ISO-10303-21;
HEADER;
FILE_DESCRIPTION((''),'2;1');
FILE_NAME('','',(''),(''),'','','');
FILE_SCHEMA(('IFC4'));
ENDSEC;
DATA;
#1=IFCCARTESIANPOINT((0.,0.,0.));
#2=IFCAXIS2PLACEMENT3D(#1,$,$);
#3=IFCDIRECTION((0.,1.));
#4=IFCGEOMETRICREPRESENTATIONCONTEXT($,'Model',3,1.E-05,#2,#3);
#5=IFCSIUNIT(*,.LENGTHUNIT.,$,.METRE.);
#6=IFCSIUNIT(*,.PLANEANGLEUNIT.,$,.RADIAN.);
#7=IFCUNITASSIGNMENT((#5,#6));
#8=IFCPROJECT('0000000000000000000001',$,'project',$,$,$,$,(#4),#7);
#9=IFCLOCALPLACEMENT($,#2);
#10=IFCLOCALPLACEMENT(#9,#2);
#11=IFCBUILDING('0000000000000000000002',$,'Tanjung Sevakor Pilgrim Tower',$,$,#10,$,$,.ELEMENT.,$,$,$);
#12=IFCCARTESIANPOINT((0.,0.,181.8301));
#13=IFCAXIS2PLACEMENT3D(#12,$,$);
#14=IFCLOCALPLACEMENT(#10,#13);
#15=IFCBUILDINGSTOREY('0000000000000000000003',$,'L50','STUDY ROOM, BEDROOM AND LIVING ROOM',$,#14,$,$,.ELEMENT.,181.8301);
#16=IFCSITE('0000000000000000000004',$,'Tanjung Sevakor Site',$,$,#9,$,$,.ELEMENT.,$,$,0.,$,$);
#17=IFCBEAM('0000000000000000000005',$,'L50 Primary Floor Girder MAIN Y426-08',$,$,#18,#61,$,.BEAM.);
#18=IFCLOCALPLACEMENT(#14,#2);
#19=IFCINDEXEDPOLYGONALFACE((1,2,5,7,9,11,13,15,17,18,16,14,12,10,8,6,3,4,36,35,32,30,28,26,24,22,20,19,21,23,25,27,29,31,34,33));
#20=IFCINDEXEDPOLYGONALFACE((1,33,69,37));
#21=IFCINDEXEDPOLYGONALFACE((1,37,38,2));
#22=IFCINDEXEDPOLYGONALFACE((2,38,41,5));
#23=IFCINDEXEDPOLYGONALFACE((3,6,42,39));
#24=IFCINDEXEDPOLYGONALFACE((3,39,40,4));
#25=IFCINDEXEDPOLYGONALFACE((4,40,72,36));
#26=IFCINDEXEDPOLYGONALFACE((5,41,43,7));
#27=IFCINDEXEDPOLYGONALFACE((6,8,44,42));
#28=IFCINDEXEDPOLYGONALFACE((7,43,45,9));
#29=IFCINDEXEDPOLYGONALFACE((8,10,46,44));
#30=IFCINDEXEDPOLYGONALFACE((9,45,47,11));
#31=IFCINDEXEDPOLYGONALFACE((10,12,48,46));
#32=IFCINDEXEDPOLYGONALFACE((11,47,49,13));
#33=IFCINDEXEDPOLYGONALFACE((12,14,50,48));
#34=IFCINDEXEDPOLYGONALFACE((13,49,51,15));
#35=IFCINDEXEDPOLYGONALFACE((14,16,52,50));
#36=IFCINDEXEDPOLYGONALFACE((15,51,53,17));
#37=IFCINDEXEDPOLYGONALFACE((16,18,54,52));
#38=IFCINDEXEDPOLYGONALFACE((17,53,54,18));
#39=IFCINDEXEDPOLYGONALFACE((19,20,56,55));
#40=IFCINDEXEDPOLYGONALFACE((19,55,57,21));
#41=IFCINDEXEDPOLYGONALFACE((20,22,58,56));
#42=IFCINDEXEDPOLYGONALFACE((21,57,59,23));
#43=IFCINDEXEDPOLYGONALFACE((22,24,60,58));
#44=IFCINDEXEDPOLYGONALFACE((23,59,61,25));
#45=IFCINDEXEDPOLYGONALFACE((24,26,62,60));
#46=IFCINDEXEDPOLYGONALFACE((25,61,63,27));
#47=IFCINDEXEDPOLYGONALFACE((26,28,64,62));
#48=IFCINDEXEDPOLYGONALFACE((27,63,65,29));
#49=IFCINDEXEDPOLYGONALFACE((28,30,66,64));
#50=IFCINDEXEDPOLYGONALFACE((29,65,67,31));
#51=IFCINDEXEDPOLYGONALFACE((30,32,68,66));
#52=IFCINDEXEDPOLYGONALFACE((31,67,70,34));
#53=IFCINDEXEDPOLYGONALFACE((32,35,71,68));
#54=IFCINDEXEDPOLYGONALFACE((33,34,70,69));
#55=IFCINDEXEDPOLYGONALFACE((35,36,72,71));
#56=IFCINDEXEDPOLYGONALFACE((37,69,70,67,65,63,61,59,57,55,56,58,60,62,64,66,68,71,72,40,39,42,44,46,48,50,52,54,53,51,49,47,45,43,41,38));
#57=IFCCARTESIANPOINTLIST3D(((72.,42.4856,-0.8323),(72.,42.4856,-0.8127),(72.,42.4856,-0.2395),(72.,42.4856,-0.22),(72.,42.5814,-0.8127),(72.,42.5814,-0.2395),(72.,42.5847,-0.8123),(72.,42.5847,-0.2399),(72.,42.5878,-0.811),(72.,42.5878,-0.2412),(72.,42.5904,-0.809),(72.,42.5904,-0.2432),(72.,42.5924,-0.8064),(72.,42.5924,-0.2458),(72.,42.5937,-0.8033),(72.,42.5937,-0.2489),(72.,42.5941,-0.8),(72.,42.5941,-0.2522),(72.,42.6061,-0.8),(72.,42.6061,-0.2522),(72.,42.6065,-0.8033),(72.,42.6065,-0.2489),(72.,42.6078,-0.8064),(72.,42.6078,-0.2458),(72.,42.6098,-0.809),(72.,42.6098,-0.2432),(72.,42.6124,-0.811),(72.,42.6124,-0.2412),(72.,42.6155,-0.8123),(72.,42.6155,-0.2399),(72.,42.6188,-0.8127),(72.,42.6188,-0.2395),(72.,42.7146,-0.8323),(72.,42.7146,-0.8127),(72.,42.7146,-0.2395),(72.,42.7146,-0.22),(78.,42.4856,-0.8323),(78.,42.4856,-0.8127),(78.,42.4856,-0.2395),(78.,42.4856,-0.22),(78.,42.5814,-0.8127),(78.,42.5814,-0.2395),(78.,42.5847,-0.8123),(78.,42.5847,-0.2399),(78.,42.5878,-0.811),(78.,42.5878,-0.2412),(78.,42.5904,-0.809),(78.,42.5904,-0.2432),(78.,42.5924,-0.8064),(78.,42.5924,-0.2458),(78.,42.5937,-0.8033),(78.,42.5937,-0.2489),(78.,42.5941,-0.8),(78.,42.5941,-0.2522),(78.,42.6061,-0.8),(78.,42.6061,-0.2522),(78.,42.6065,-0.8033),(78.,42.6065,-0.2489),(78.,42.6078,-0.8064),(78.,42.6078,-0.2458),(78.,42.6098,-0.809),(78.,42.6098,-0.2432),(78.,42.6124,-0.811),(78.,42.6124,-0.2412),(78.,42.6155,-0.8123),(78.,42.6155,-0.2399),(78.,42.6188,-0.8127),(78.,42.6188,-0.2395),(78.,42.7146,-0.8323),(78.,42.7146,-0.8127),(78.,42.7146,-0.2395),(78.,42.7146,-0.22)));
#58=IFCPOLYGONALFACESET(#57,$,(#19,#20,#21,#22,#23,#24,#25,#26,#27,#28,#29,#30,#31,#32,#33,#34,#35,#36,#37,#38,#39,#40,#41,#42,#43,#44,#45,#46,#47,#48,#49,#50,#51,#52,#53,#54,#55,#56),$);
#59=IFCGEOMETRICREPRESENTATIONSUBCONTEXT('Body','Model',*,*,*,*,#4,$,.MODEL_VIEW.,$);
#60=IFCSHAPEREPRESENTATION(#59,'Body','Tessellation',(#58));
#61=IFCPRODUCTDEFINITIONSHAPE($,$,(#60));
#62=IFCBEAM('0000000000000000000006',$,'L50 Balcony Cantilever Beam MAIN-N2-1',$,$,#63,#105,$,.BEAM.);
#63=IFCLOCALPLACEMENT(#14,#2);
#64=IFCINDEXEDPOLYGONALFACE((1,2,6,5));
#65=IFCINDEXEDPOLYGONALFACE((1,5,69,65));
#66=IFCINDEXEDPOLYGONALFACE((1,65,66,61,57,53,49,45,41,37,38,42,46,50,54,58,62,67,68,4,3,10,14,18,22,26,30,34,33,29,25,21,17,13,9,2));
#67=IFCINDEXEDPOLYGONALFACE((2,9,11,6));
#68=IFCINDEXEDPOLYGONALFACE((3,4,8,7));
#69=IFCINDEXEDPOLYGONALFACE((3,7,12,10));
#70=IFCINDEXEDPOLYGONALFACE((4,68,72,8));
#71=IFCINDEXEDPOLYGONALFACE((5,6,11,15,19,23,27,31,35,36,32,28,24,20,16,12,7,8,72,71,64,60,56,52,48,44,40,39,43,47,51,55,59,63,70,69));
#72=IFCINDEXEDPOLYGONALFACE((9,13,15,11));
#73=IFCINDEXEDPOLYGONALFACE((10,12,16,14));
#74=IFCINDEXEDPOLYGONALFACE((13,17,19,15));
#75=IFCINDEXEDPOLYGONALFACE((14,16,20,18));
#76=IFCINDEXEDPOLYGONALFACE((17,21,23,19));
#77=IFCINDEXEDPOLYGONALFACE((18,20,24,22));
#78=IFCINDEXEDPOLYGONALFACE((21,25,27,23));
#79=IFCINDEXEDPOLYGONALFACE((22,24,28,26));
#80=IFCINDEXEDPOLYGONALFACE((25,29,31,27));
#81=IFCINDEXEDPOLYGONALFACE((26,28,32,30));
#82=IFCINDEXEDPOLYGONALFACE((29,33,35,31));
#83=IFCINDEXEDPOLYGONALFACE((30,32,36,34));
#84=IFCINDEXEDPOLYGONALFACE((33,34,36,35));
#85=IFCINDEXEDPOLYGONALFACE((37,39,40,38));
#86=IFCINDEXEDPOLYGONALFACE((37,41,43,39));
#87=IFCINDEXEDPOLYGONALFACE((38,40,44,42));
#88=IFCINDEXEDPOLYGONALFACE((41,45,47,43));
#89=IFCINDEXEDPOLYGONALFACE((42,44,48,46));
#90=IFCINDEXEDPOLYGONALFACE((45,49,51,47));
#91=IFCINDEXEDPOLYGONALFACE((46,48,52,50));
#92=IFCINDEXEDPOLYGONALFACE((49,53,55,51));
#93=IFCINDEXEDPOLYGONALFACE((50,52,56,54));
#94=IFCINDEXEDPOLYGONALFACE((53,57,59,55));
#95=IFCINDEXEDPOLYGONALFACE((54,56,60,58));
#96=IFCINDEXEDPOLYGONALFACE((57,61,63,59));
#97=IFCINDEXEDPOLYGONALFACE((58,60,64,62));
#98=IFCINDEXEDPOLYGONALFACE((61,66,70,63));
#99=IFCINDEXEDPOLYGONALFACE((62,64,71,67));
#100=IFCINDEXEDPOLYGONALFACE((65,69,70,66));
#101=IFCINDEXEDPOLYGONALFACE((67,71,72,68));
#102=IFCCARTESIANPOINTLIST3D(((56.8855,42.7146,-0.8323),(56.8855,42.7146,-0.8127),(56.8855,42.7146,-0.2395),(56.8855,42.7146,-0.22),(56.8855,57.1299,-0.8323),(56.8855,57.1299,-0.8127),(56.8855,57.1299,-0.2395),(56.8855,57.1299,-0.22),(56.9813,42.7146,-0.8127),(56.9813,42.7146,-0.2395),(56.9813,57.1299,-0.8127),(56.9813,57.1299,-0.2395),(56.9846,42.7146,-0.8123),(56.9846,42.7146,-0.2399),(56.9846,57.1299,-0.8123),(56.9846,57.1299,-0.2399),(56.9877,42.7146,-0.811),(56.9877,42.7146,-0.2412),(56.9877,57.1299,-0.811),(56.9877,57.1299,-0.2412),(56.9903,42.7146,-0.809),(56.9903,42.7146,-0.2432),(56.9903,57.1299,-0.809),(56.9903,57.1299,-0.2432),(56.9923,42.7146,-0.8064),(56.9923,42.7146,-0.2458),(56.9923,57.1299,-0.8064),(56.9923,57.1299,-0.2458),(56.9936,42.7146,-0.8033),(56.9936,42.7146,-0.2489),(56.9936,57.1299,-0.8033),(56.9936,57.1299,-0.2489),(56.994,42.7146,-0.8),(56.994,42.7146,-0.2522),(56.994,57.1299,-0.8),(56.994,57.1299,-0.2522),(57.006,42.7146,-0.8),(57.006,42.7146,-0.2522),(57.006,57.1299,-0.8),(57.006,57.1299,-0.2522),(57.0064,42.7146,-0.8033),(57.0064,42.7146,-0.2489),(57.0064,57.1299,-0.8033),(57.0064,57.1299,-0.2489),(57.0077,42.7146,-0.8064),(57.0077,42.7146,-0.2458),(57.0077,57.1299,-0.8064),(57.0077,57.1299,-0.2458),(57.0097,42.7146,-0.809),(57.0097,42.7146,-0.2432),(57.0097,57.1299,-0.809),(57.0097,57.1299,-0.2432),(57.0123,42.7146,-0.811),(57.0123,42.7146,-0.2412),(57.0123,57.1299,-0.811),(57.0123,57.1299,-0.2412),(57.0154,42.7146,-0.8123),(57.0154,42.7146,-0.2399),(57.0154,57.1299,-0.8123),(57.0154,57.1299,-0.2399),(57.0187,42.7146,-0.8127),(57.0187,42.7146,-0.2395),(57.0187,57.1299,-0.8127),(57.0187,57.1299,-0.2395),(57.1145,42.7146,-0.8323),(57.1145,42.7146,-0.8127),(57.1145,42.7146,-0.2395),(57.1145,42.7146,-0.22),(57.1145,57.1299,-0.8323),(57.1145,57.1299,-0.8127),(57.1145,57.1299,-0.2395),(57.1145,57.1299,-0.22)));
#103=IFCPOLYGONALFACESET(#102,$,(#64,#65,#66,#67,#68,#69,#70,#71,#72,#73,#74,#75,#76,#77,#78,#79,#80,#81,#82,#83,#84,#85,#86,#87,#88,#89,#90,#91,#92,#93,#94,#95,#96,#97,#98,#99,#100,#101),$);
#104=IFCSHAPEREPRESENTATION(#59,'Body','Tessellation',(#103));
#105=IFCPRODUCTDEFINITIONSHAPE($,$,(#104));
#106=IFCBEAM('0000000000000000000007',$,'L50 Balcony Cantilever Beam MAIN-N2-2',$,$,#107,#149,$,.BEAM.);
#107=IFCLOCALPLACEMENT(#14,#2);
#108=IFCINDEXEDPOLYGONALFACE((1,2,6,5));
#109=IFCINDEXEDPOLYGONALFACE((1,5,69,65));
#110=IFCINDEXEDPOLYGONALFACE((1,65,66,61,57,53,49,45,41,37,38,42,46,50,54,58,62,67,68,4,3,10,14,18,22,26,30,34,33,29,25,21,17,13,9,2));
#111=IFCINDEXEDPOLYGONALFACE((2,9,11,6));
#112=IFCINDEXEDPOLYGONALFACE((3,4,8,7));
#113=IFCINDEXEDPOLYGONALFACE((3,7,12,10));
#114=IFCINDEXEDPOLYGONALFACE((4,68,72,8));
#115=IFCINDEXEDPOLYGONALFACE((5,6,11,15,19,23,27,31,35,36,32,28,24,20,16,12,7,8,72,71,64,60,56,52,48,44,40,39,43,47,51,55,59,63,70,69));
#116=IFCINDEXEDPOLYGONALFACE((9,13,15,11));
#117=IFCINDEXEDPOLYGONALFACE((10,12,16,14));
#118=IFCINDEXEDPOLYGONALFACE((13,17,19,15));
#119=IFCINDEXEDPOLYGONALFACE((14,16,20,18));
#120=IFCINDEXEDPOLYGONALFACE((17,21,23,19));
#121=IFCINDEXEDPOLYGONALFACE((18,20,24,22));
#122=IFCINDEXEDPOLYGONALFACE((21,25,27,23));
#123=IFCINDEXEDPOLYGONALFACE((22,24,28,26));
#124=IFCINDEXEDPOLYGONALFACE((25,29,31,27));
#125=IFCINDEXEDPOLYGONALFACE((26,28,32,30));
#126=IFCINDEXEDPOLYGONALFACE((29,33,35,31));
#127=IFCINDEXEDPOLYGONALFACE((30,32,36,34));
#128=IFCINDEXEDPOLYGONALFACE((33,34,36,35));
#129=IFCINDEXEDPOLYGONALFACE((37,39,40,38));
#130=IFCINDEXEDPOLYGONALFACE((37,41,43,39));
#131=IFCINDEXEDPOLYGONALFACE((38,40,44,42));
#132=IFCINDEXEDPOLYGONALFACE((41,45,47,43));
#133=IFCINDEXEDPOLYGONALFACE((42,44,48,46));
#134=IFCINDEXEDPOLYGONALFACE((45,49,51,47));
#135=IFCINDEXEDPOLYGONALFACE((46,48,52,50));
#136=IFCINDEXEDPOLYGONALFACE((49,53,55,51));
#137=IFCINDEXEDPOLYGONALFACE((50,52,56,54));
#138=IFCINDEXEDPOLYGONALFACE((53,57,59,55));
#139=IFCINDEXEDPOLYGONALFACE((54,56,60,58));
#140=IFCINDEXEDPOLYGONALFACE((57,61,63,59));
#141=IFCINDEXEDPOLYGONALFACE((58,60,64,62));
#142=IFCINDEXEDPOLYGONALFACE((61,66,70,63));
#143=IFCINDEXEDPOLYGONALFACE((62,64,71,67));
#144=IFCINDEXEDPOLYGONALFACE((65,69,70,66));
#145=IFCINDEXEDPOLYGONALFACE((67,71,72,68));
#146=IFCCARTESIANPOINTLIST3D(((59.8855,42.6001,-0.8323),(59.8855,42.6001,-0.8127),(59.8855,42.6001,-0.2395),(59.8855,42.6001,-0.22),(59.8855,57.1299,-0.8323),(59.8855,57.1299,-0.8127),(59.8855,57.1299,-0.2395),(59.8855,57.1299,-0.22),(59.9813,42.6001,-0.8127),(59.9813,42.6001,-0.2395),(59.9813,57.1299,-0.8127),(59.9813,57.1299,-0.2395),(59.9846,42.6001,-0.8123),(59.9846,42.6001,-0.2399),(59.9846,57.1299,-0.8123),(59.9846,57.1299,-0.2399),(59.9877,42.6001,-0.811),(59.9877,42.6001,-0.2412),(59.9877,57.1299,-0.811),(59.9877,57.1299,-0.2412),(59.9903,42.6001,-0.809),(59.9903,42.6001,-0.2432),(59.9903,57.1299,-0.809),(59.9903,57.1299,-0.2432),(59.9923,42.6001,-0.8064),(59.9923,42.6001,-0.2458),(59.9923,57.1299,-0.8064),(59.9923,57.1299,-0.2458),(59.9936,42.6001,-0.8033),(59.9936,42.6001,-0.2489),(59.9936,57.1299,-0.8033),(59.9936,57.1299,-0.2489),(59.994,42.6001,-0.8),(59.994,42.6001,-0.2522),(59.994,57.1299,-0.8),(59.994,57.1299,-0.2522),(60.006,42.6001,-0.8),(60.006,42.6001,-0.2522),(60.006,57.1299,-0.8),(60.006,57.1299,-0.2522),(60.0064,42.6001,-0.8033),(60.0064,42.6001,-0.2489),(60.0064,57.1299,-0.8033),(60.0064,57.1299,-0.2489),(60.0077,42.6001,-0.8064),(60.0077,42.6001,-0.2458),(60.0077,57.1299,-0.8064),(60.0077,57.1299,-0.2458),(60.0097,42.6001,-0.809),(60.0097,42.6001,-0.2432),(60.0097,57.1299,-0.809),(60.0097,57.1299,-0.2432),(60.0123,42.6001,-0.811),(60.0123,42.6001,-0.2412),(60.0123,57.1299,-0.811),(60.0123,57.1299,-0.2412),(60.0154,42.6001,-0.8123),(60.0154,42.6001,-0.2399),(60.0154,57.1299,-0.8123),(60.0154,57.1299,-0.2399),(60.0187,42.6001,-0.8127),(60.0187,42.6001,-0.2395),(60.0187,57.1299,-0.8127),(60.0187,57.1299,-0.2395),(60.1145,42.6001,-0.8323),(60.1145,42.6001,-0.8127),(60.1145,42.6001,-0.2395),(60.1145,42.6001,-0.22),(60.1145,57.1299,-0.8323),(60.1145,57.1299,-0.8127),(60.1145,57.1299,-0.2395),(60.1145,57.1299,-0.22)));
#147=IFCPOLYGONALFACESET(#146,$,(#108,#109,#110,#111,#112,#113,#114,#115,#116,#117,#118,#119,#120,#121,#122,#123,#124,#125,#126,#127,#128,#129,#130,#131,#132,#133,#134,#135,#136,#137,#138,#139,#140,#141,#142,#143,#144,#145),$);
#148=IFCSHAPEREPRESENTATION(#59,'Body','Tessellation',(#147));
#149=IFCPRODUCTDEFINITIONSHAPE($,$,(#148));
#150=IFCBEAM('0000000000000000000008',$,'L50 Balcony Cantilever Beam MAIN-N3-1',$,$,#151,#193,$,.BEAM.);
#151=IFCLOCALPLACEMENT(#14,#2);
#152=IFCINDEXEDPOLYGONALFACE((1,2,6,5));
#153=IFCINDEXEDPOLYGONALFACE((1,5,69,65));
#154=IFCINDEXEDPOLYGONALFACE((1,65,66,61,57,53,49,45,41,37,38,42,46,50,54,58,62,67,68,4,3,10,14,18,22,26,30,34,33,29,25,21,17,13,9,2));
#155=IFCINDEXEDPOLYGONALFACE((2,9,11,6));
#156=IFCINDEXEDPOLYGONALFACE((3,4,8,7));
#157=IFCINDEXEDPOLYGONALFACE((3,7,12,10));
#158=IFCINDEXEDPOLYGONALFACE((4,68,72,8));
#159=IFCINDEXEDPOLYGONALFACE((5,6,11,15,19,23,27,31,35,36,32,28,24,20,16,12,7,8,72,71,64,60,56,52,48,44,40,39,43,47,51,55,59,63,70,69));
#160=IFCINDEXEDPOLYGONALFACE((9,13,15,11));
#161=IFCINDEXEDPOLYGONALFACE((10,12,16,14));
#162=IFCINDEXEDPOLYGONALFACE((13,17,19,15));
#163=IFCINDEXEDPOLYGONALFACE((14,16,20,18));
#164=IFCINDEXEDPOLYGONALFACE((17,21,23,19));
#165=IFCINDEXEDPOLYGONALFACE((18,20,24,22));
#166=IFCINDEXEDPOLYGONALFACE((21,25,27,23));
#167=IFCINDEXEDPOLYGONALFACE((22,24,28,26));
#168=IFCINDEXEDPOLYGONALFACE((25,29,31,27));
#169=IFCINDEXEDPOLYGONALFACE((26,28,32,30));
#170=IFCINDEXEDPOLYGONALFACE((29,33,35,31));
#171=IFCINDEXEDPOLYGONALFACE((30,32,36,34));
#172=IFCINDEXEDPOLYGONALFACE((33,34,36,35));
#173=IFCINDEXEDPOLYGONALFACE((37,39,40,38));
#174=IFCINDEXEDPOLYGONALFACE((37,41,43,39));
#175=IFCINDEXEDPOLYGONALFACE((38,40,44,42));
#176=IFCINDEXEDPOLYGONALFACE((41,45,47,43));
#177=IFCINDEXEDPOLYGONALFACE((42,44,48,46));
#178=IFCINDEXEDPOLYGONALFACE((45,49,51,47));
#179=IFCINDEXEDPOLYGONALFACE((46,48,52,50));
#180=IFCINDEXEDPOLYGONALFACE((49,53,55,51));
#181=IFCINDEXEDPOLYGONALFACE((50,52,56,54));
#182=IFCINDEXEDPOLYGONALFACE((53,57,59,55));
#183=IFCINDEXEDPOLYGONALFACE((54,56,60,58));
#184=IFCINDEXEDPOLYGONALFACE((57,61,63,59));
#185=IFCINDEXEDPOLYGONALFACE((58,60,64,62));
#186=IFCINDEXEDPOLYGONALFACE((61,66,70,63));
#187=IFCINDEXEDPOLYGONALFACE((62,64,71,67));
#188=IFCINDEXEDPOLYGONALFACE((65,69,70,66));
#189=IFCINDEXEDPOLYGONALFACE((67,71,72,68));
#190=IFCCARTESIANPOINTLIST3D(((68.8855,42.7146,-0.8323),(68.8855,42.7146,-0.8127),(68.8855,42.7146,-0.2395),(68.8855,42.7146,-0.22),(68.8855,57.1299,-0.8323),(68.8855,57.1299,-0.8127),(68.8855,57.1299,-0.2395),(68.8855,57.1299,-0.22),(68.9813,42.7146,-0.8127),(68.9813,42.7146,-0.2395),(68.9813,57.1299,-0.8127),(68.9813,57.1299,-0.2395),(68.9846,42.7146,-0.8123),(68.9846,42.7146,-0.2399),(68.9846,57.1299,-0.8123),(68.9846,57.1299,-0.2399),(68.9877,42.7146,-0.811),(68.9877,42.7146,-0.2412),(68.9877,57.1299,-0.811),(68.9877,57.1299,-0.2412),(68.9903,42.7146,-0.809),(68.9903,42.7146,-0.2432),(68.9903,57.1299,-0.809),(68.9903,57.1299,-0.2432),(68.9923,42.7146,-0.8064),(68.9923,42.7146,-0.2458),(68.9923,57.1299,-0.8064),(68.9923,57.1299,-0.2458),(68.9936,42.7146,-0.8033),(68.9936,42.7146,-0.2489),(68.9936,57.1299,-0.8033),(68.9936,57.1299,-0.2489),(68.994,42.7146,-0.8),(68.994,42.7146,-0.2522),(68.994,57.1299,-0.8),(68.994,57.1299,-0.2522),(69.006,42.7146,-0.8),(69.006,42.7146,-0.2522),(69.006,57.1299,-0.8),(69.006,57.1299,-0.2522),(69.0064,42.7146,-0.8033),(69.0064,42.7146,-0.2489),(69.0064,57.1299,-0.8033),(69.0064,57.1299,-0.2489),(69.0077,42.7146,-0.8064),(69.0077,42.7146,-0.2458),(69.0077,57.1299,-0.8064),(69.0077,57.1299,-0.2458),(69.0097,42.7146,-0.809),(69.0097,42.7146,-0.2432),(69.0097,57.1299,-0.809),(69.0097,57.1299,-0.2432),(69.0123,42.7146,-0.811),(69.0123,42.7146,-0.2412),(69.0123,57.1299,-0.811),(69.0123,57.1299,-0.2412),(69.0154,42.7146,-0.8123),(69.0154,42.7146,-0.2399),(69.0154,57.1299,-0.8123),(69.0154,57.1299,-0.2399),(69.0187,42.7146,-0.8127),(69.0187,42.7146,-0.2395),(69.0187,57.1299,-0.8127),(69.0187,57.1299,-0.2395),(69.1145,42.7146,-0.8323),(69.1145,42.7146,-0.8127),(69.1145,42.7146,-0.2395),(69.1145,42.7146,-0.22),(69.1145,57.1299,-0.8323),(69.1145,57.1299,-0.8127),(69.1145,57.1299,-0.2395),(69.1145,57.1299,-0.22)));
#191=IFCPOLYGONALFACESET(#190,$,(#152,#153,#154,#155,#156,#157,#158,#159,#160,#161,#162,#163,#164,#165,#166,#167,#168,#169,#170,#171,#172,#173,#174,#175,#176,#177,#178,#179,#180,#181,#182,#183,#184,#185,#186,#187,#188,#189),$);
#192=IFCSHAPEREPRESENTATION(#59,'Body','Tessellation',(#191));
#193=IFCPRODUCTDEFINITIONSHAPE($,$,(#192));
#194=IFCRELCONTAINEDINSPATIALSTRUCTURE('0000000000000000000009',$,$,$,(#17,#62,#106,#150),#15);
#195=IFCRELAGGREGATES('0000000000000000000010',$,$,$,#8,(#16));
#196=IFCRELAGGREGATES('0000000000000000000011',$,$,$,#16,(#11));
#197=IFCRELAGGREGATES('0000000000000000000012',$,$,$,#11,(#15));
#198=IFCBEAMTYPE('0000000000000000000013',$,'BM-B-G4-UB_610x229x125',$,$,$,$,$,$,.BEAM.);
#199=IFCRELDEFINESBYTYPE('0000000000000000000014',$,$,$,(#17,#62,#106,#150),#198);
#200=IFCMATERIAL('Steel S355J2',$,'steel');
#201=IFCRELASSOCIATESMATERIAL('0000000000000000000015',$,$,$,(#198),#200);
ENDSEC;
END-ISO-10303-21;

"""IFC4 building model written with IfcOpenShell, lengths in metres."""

from ifc_helpers import new_model, si_unit, direction, frame, origin, origin_2d, place, context, subcontext, project, spatial, i_section, extrude, material, material_profile, profile_set, type_object, element, save


model = new_model("IFC4")

# Units and contexts
model_context = context("Model", 3, precision=1e-05, world=origin(), true_north=direction((0.0, 1.0)))
body_context = subcontext(model_context, "Body", "Model", "MODEL_VIEW")
ifc_project = project(units=[si_unit("LENGTHUNIT", "METRE"), si_unit("PLANEANGLEUNIT", "RADIAN")], contexts=[model_context])

# Site, building, storey
site_placement = place(None, origin())
site = spatial("IfcSite", under=ifc_project, at=site_placement, Name="Tanjung Sevakor Site", CompositionType="ELEMENT", RefElevation=0.0)
building_placement = place(site_placement, origin())
building = spatial("IfcBuilding", under=site, at=building_placement, Name="Tanjung Sevakor Pilgrim Tower", CompositionType="ELEMENT")
storey_placement = place(building_placement, frame((0.0, 0.0, 181.8301)))
storey = spatial("IfcBuildingStorey", under=building, at=storey_placement, Name="L50", Description="STUDY ROOM, BEDROOM AND LIVING ROOM", CompositionType="ELEMENT", Elevation=181.8301)

# Beams
ifc_material_1 = material(Name="Steel S355J2", Category="steel")
ifc_material_profile_1 = material_profile(ifc_material_1, i_section(OverallWidth=0.229, OverallDepth=0.6123, WebThickness=0.012, FlangeThickness=0.0195, FilletRadius=0.0127, at=origin_2d()))
ifc_profile_set_1 = profile_set([ifc_material_profile_1], Name="Steel S355J2")
beam_type_1 = type_object("IfcBeamType", Name="BM-B-G4-UB_610x229x125", PredefinedType="BEAM", material=ifc_profile_set_1)
for number, where, z_axis, x_axis, name in (
    (1, (72.0, 42.6001, -0.5261), (1.0, 0.0, 0.0), (0.0, 1.0, 0.0), "L50 Primary Floor Girder MAIN Y426-08"),
):
    element("IfcBeam", number, at=place(storey_placement, frame(where, z_axis=z_axis, x_axis=x_axis)), inside=storey, type_object=beam_type_1, Name=name, PredefinedType="BEAM", context=body_context, shape_type="SweptSolid", body=[
        extrude(i_section(OverallWidth=0.229, OverallDepth=0.6123, WebThickness=0.012, FlangeThickness=0.0195, FilletRadius=0.0127, at=origin_2d()), origin(), (0.0, 0.0, 1.0), 6.0),
    ])
beam_1_placement = place(storey_placement, frame((57.0, 42.7146, -0.5261), z_axis=(0.0, 1.0, 0.0), x_axis=(-1.0, 0.0, 0.0)))
element("IfcBeam", 2, at=beam_1_placement, inside=storey, type_object=beam_type_1, Name="L50 Balcony Cantilever Beam MAIN-N2-1", PredefinedType="BEAM", context=body_context, shape_type="SweptSolid", body=[
    extrude(i_section(OverallWidth=0.229, OverallDepth=0.6123, WebThickness=0.012, FlangeThickness=0.0195, FilletRadius=0.0127, at=origin_2d()), origin(), (0.0, 0.0, 1.0), 14.4153),
])
beam_2_placement = place(storey_placement, frame((60.0, 42.6001, -0.5261), z_axis=(0.0, 1.0, 0.0), x_axis=(-1.0, 0.0, 0.0)))
element("IfcBeam", 3, at=beam_2_placement, inside=storey, type_object=beam_type_1, Name="L50 Balcony Cantilever Beam MAIN-N2-2", PredefinedType="BEAM", context=body_context, shape_type="SweptSolid", body=[
    extrude(i_section(OverallWidth=0.229, OverallDepth=0.6123, WebThickness=0.012, FlangeThickness=0.0195, FilletRadius=0.0127, at=origin_2d()), origin(), (0.0, 0.0, 1.0), 14.5298),
])
beam_3_placement = place(storey_placement, frame((69.0, 42.7146, -0.5261), z_axis=(0.0, 1.0, 0.0), x_axis=(-1.0, 0.0, 0.0)))
element("IfcBeam", 4, at=beam_3_placement, inside=storey, type_object=beam_type_1, Name="L50 Balcony Cantilever Beam MAIN-N3-1", PredefinedType="BEAM", context=body_context, shape_type="SweptSolid", body=[
    extrude(i_section(OverallWidth=0.229, OverallDepth=0.6123, WebThickness=0.012, FlangeThickness=0.0195, FilletRadius=0.0127, at=origin_2d()), origin(), (0.0, 0.0, 1.0), 14.4153),
])

save(model, "model.ifc")
